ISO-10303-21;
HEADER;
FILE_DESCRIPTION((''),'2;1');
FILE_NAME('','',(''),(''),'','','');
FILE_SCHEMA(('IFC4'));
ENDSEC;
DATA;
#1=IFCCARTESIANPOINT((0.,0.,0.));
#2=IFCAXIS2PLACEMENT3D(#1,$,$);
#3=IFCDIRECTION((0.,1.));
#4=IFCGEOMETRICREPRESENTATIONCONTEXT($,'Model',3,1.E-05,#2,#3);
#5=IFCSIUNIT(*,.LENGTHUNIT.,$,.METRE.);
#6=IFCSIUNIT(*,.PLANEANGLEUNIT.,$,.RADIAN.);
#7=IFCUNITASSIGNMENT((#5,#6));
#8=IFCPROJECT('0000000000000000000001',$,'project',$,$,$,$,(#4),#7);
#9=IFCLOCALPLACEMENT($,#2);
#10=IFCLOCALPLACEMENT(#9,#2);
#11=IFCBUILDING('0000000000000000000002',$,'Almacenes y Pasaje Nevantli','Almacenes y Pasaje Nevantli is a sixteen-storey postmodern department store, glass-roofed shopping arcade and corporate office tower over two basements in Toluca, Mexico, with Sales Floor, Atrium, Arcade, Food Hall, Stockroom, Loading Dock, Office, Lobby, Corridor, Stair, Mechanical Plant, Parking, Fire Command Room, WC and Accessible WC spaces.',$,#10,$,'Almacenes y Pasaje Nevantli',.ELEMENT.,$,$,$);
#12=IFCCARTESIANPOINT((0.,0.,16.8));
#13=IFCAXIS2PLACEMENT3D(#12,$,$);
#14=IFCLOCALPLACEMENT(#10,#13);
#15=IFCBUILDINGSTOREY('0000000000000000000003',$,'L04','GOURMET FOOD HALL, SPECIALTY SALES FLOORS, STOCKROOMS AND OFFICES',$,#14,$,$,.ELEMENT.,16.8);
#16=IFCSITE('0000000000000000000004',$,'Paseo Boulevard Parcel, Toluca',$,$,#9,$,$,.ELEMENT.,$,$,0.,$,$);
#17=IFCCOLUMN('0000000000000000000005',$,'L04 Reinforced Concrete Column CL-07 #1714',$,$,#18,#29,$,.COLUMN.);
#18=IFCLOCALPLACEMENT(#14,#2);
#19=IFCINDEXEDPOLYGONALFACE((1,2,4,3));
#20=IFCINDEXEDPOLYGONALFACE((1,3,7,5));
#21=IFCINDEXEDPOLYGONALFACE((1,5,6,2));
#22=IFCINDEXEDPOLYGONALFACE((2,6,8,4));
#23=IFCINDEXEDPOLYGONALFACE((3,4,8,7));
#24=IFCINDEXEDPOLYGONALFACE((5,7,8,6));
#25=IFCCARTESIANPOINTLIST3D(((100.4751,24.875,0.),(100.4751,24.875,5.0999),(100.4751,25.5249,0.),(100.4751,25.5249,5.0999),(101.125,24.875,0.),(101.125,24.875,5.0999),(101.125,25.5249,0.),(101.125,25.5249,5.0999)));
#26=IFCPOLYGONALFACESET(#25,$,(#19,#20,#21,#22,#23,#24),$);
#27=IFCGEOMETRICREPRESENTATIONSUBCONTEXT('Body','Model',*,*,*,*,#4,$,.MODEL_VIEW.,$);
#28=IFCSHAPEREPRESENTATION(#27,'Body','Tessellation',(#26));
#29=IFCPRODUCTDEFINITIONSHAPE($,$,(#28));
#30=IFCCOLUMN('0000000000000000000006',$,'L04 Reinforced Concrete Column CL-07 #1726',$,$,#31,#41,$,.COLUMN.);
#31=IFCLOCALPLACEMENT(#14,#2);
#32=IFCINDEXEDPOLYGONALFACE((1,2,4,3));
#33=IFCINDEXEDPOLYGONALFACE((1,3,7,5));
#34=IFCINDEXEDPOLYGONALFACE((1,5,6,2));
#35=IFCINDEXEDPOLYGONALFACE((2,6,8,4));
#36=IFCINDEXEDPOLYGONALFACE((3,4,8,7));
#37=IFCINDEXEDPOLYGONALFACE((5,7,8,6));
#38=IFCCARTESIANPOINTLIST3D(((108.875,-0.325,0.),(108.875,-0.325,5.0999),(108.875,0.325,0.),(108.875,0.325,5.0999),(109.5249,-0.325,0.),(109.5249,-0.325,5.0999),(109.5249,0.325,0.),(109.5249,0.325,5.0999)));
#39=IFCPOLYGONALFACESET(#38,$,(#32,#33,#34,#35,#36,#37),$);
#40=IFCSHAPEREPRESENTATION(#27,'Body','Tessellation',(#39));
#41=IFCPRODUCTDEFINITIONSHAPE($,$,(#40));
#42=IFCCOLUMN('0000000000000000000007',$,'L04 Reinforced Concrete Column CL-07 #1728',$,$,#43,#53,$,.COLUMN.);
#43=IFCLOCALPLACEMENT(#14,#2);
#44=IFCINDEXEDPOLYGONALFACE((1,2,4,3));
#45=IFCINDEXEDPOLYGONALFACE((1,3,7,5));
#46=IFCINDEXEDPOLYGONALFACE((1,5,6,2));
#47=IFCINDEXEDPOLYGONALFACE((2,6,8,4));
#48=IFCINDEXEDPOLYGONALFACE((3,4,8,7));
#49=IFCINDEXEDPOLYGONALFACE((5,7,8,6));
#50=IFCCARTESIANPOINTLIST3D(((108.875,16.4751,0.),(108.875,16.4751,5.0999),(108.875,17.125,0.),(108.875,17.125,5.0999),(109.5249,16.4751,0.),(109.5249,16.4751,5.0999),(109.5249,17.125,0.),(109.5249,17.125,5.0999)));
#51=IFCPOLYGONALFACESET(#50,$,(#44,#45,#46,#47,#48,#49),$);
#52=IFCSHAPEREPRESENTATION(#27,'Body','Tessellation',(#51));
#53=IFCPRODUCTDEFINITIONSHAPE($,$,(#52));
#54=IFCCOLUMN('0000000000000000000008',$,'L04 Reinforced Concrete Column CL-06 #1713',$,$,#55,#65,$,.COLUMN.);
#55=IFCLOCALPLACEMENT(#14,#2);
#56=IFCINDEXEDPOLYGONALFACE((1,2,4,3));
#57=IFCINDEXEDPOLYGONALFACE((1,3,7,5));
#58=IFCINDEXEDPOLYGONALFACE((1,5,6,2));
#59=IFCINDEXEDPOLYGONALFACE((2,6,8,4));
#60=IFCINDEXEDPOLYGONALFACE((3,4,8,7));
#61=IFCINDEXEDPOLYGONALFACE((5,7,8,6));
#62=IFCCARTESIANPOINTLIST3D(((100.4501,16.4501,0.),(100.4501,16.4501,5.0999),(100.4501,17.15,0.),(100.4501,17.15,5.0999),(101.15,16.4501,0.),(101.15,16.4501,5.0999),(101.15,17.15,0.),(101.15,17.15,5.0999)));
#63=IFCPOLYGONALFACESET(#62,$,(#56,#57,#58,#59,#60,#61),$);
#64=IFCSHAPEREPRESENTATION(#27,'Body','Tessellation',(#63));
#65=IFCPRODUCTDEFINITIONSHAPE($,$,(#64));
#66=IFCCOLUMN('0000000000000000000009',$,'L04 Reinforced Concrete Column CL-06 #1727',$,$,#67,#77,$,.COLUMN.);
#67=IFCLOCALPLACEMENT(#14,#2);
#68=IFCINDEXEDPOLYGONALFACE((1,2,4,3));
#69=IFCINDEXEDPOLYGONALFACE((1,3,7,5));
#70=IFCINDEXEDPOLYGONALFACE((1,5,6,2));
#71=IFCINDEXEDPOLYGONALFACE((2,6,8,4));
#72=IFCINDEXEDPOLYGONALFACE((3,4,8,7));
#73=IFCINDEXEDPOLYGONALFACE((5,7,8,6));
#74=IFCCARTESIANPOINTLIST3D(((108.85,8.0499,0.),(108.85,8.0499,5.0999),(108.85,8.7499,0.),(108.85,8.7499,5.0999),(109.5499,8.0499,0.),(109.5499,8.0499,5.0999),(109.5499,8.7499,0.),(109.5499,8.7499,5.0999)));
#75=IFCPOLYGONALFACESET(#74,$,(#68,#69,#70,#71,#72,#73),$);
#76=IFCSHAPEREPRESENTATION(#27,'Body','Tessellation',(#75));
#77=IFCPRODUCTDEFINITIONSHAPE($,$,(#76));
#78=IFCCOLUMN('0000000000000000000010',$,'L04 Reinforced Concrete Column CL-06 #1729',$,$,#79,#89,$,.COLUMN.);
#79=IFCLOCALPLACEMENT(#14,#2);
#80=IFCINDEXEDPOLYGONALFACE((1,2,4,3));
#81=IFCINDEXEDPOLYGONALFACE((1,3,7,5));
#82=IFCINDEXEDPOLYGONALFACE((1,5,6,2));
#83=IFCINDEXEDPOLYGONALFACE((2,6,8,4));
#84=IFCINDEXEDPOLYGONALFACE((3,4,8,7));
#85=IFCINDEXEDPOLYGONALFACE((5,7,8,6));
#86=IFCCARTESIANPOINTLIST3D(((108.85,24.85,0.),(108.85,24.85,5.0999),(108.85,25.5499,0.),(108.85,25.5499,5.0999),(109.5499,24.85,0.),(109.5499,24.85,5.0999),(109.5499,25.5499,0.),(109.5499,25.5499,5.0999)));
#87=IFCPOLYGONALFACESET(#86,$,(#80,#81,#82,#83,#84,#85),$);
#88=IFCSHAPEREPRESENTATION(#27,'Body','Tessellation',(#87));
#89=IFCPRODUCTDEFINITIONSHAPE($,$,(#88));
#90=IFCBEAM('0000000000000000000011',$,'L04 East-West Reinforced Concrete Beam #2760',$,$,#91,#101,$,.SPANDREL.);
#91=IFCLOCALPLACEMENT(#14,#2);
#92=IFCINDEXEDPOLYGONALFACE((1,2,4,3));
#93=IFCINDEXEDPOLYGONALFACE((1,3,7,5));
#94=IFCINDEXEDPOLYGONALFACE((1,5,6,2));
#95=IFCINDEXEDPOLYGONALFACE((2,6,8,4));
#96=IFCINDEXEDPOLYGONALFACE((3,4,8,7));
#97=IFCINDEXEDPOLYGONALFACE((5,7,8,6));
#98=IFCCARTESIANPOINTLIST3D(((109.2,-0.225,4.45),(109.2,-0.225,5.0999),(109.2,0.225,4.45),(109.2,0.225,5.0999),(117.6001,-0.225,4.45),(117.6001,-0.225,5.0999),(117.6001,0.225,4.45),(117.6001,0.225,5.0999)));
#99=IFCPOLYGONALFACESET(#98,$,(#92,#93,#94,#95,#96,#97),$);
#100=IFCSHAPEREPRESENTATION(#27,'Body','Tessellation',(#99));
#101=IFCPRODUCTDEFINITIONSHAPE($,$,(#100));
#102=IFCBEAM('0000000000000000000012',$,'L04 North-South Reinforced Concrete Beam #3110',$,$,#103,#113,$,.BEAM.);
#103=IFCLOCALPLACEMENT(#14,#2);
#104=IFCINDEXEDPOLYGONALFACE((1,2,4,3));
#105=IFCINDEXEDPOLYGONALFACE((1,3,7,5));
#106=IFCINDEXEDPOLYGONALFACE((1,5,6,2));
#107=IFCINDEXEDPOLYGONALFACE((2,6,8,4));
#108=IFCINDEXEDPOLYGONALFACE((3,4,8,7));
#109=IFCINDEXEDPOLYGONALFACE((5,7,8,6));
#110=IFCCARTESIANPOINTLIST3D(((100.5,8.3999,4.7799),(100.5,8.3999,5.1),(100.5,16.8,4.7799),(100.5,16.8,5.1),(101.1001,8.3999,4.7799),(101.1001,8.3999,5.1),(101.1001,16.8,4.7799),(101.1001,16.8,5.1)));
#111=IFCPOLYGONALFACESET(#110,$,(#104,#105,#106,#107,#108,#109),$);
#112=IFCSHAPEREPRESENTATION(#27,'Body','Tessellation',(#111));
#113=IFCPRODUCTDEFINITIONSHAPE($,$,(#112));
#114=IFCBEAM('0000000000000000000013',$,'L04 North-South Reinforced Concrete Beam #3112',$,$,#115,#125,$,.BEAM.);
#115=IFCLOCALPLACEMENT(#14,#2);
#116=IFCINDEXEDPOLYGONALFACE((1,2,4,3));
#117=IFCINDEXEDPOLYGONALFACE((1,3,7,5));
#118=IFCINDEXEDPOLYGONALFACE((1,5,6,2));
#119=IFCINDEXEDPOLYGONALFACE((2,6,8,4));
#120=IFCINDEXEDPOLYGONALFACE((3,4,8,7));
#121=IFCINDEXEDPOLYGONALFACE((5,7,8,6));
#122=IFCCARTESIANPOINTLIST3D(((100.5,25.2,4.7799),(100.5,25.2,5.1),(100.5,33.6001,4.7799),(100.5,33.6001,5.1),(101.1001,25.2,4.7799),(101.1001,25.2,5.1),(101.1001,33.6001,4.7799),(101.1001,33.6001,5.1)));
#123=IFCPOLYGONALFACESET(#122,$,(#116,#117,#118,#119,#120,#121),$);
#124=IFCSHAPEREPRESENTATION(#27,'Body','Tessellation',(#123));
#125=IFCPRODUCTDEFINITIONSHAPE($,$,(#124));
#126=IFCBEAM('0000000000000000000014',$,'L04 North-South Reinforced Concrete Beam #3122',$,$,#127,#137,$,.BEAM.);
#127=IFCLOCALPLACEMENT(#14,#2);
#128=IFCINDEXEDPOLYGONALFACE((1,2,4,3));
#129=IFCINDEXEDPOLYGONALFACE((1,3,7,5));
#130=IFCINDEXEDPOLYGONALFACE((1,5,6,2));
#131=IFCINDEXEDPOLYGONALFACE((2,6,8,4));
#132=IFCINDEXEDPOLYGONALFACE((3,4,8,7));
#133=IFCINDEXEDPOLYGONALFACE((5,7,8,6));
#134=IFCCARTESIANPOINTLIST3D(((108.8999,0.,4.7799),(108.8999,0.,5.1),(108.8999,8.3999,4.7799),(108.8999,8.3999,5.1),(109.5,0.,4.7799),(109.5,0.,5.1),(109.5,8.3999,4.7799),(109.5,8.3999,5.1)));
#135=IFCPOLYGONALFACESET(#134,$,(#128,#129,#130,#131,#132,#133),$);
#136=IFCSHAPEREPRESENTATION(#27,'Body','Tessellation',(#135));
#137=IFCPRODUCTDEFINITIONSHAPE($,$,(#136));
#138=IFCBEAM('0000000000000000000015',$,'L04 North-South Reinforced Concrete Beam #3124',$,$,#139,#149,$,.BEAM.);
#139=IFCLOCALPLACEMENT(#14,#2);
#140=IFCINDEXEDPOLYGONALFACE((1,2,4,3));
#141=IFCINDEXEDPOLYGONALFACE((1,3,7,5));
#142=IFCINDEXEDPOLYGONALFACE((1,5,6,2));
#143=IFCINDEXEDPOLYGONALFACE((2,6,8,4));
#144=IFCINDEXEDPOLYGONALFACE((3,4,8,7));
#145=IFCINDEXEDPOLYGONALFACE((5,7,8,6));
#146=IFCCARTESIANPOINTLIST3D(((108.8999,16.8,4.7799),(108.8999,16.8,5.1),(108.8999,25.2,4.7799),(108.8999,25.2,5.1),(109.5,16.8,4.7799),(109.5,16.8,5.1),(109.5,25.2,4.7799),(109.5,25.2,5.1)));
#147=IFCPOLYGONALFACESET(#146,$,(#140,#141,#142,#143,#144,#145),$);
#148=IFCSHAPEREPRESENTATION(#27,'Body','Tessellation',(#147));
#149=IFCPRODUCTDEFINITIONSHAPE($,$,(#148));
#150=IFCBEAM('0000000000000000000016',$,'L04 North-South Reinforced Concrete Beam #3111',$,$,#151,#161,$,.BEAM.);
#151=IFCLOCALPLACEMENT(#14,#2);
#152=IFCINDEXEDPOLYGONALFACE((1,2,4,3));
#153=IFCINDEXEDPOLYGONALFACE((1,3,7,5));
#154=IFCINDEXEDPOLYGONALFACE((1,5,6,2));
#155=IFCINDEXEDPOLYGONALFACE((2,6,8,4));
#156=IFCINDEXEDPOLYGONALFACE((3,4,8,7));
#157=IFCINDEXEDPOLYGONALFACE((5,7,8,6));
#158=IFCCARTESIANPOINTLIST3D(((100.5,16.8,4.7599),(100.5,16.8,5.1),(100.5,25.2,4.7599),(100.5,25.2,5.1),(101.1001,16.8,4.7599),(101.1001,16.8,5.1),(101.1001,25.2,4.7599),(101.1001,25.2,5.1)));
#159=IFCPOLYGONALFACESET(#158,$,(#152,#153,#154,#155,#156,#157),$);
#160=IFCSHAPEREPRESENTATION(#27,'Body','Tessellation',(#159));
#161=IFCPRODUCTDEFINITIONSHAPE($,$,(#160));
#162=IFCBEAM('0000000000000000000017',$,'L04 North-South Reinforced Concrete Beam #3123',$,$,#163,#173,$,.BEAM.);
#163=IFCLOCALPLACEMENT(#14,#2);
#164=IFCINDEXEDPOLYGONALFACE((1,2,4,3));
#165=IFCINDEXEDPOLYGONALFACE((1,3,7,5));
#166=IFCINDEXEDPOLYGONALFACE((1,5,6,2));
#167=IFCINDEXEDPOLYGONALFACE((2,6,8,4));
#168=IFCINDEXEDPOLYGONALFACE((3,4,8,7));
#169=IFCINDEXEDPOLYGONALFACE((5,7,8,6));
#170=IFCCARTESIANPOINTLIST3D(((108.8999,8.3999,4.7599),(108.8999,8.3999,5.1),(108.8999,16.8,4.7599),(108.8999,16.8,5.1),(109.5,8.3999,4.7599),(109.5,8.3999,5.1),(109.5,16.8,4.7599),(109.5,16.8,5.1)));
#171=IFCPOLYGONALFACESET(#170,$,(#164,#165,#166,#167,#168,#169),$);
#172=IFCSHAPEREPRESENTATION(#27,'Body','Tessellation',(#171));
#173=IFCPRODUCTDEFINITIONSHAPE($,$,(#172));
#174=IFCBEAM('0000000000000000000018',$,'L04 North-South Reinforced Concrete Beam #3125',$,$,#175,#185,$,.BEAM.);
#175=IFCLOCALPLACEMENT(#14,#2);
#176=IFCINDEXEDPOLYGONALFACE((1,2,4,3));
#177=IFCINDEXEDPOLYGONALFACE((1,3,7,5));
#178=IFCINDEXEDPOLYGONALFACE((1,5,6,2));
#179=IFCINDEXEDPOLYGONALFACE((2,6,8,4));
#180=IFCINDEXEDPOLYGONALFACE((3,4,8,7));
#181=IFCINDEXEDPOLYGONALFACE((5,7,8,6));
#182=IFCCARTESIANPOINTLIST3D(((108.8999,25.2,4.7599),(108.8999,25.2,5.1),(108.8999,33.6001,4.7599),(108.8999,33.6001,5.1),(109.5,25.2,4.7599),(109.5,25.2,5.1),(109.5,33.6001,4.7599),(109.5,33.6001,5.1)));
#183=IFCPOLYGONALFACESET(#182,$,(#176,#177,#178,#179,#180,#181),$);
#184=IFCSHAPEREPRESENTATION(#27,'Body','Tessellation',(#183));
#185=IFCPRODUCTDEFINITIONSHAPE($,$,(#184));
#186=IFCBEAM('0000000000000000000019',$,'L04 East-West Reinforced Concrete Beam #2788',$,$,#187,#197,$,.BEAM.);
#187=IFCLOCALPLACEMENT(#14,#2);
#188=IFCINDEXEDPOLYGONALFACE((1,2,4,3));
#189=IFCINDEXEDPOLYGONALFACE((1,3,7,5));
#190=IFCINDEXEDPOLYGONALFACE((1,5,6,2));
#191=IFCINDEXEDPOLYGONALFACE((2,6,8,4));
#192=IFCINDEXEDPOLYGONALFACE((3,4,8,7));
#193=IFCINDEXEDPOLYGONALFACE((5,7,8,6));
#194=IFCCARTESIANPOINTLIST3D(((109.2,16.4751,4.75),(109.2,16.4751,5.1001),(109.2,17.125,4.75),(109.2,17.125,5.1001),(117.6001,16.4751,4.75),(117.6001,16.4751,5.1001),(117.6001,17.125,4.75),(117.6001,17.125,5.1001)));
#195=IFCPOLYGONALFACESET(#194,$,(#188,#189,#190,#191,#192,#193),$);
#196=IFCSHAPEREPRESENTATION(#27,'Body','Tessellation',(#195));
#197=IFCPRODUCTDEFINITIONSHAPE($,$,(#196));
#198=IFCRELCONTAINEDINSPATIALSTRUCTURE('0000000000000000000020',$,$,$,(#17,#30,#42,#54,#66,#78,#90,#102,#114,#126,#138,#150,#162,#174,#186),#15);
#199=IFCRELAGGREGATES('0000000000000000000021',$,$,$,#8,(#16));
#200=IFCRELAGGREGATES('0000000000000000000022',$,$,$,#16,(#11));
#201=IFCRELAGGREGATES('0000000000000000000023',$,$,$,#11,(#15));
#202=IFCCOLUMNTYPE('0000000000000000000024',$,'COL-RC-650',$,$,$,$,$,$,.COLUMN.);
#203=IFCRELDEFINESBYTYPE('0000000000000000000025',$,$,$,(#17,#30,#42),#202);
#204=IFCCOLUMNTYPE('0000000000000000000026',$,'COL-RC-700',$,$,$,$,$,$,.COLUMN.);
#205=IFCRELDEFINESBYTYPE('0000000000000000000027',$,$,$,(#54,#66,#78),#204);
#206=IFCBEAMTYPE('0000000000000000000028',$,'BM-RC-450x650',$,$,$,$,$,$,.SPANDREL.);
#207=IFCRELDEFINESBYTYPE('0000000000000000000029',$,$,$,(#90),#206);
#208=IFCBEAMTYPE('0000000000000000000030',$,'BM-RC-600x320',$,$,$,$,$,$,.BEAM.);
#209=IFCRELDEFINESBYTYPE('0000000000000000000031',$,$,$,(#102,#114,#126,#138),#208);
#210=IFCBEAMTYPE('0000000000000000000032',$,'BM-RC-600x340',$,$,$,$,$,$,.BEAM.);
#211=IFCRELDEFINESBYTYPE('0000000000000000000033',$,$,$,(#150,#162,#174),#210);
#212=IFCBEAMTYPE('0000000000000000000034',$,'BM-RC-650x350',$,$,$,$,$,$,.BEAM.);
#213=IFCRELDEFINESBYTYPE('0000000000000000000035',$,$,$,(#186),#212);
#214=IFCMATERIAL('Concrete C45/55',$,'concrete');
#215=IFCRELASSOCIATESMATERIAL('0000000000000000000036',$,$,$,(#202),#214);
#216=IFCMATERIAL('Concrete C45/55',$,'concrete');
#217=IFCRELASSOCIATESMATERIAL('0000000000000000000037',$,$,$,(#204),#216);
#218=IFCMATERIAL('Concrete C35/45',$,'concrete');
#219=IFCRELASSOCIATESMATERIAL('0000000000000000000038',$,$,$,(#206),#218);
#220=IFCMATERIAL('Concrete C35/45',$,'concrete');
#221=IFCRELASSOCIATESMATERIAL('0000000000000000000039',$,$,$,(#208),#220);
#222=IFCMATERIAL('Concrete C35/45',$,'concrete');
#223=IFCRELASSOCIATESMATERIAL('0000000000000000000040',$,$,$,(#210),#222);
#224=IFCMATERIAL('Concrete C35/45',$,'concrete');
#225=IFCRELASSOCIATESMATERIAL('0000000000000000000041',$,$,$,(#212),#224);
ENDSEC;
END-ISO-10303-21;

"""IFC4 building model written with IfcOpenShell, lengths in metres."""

from ifc_helpers import new_model, si_unit, direction, frame, origin, origin_2d, place, context, subcontext, project, spatial, rectangle, extrude, material, material_profile, profile_set, type_object, element, save


model = new_model("IFC4")

# Units and contexts
model_context = context("Model", 3, precision=1e-05, world=origin(), true_north=direction((0.0, 1.0)))
body_context = subcontext(model_context, "Body", "Model", "MODEL_VIEW")
ifc_project = project(units=[si_unit("LENGTHUNIT", "METRE"), si_unit("PLANEANGLEUNIT", "RADIAN")], contexts=[model_context])

# Site, building, storey
site_placement = place(None, origin())
site = spatial("IfcSite", under=ifc_project, at=site_placement, Name="Paseo Boulevard Parcel, Toluca", CompositionType="ELEMENT", RefElevation=0.0)
building_placement = place(site_placement, origin())
building = spatial("IfcBuilding", under=site, at=building_placement, Name="Almacenes y Pasaje Nevantli", Description="Almacenes y Pasaje Nevantli is a sixteen-storey postmodern department store, glass-roofed shopping arcade and corporate office tower over two basements in Toluca, Mexico, with Sales Floor, Atrium, Arcade, Food Hall, Stockroom, Loading Dock, Office, Lobby, Corridor, Stair, Mechanical Plant, Parking, Fire Command Room, WC and Accessible WC spaces.", LongName="Almacenes y Pasaje Nevantli", CompositionType="ELEMENT")
storey_placement = place(building_placement, frame((0.0, 0.0, 16.8)))
storey = spatial("IfcBuildingStorey", under=building, at=storey_placement, Name="L04", Description="GOURMET FOOD HALL, SPECIALTY SALES FLOORS, STOCKROOMS AND OFFICES", CompositionType="ELEMENT", Elevation=16.8)

# Columns
ifc_material_1 = material(Name="Concrete C45/55", Category="concrete")
ifc_material_profile_1 = material_profile(ifc_material_1, rectangle(XDim=0.6499, YDim=0.6499, at=origin_2d()), Name="RC-COL-650x650")
ifc_profile_set_1 = profile_set([ifc_material_profile_1], Name="Concrete C45/55")
column_type_1 = type_object("IfcColumnType", Name="COL-RC-650", PredefinedType="COLUMN", material=ifc_profile_set_1)
for number, where, z_axis, x_axis, name in (
    (1, (100.8, 25.2, 0.0), (0.0, 0.0, 1.0), (1.0, 0.0, 0.0), "L04 Reinforced Concrete Column CL-07 #1714"),
    (2, (109.2, 0.0, 0.0), (0.0, 0.0, 1.0), (1.0, 0.0, 0.0), "L04 Reinforced Concrete Column CL-07 #1726"),
    (3, (109.2, 16.8, 0.0), (0.0, 0.0, 1.0), (1.0, 0.0, 0.0), "L04 Reinforced Concrete Column CL-07 #1728"),
):
    element("IfcColumn", number, at=place(storey_placement, frame(where, z_axis=z_axis, x_axis=x_axis)), inside=storey, type_object=column_type_1, Name=name, PredefinedType="COLUMN", context=body_context, shape_type="SweptSolid", body=[
        extrude(rectangle(XDim=0.6499, YDim=0.6499, at=origin_2d()), origin(), (0.0, 0.0, 1.0), 5.0999),
    ])
ifc_material_2 = material(Name="Concrete C45/55", Category="concrete")
ifc_material_profile_2 = material_profile(ifc_material_2, rectangle(XDim=0.7, YDim=0.7, at=origin_2d()), Name="RC-COL-700x700")
ifc_profile_set_2 = profile_set([ifc_material_profile_2], Name="Concrete C45/55")
column_type_2 = type_object("IfcColumnType", Name="COL-RC-700", PredefinedType="COLUMN", material=ifc_profile_set_2)
for number, where, z_axis, x_axis, name in (
    (4, (100.8, 16.8, 0.0), (0.0, 0.0, 1.0), (1.0, 0.0, 0.0), "L04 Reinforced Concrete Column CL-06 #1713"),
    (5, (109.2, 8.3999, 0.0), (0.0, 0.0, 1.0), (1.0, 0.0, 0.0), "L04 Reinforced Concrete Column CL-06 #1727"),
    (6, (109.2, 25.2, 0.0), (0.0, 0.0, 1.0), (1.0, 0.0, 0.0), "L04 Reinforced Concrete Column CL-06 #1729"),
):
    element("IfcColumn", number, at=place(storey_placement, frame(where, z_axis=z_axis, x_axis=x_axis)), inside=storey, type_object=column_type_2, Name=name, PredefinedType="COLUMN", context=body_context, shape_type="SweptSolid", body=[
        extrude(rectangle(XDim=0.7, YDim=0.7, at=origin_2d()), origin(), (0.0, 0.0, 1.0), 5.0999),
    ])

# Beams
ifc_material_3 = material(Name="Concrete C35/45", Category="concrete")
ifc_material_profile_3 = material_profile(ifc_material_3, rectangle(XDim=0.45, YDim=0.6499, at=origin_2d()), Name="RC-BM-450x650")
ifc_profile_set_3 = profile_set([ifc_material_profile_3], Name="Concrete C35/45")
beam_type_1 = type_object("IfcBeamType", Name="BM-RC-450x650", PredefinedType="SPANDREL", material=ifc_profile_set_3)
beam_1_placement = place(storey_placement, frame((109.2, 0.0, 4.7749), z_axis=(1.0, 0.0, 0.0), x_axis=(0.0, 1.0, 0.0)))
element("IfcBeam", 7, at=beam_1_placement, inside=storey, type_object=beam_type_1, Name="L04 East-West Reinforced Concrete Beam #2760", PredefinedType="SPANDREL", context=body_context, shape_type="SweptSolid", body=[
    extrude(rectangle(XDim=0.45, YDim=0.6499, at=origin_2d()), origin(), (0.0, 0.0, 1.0), 8.4001),
])
ifc_material_4 = material(Name="Concrete C35/45", Category="concrete")
ifc_material_profile_4 = material_profile(ifc_material_4, rectangle(XDim=0.6001, YDim=0.3201, at=origin_2d()), Name="RC-BM-600x320")
ifc_profile_set_4 = profile_set([ifc_material_profile_4], Name="Concrete C35/45")
beam_type_2 = type_object("IfcBeamType", Name="BM-RC-600x320", PredefinedType="BEAM", material=ifc_profile_set_4)
for number, where, z_axis, x_axis, name in (
    (8, (100.8, 8.3999, 4.9399), (0.0, 1.0, 0.0), (-1.0, 0.0, 0.0), "L04 North-South Reinforced Concrete Beam #3110"),
    (9, (100.8, 25.2, 4.9399), (0.0, 1.0, 0.0), (-1.0, 0.0, 0.0), "L04 North-South Reinforced Concrete Beam #3112"),
):
    element("IfcBeam", number, at=place(storey_placement, frame(where, z_axis=z_axis, x_axis=x_axis)), inside=storey, type_object=beam_type_2, Name=name, PredefinedType="BEAM", context=body_context, shape_type="SweptSolid", body=[
        extrude(rectangle(XDim=0.6001, YDim=0.3201, at=origin_2d()), origin(), (0.0, 0.0, 1.0), 8.4001),
    ])
for number, where, z_axis, x_axis, name in (
    (10, (109.2, 0.0, 4.9399), (0.0, 1.0, 0.0), (-1.0, 0.0, 0.0), "L04 North-South Reinforced Concrete Beam #3122"),
    (11, (109.2, 16.8, 4.9399), (0.0, 1.0, 0.0), (-1.0, 0.0, 0.0), "L04 North-South Reinforced Concrete Beam #3124"),
):
    element("IfcBeam", number, at=place(storey_placement, frame(where, z_axis=z_axis, x_axis=x_axis)), inside=storey, type_object=beam_type_2, Name=name, PredefinedType="BEAM", context=body_context, shape_type="SweptSolid", body=[
        extrude(rectangle(XDim=0.6001, YDim=0.3201, at=origin_2d()), origin(), (0.0, 0.0, 1.0), 8.3999),
    ])
ifc_material_5 = material(Name="Concrete C35/45", Category="concrete")
ifc_material_profile_5 = material_profile(ifc_material_5, rectangle(XDim=0.6001, YDim=0.3401, at=origin_2d()), Name="RC-BM-600x340")
ifc_profile_set_5 = profile_set([ifc_material_profile_5], Name="Concrete C35/45")
beam_type_3 = type_object("IfcBeamType", Name="BM-RC-600x340", PredefinedType="BEAM", material=ifc_profile_set_5)
beam_2_placement = place(storey_placement, frame((100.8, 16.8, 4.9299), z_axis=(0.0, 1.0, 0.0), x_axis=(-1.0, 0.0, 0.0)))
element("IfcBeam", 12, at=beam_2_placement, inside=storey, type_object=beam_type_3, Name="L04 North-South Reinforced Concrete Beam #3111", PredefinedType="BEAM", context=body_context, shape_type="SweptSolid", body=[
    extrude(rectangle(XDim=0.6001, YDim=0.3401, at=origin_2d()), origin(), (0.0, 0.0, 1.0), 8.3999),
])
for number, where, z_axis, x_axis, name in (
    (13, (109.2, 8.3999, 4.9299), (0.0, 1.0, 0.0), (-1.0, 0.0, 0.0), "L04 North-South Reinforced Concrete Beam #3123"),
    (14, (109.2, 25.2, 4.9299), (0.0, 1.0, 0.0), (-1.0, 0.0, 0.0), "L04 North-South Reinforced Concrete Beam #3125"),
):
    element("IfcBeam", number, at=place(storey_placement, frame(where, z_axis=z_axis, x_axis=x_axis)), inside=storey, type_object=beam_type_3, Name=name, PredefinedType="BEAM", context=body_context, shape_type="SweptSolid", body=[
        extrude(rectangle(XDim=0.6001, YDim=0.3401, at=origin_2d()), origin(), (0.0, 0.0, 1.0), 8.4001),
    ])
ifc_material_6 = material(Name="Concrete C35/45", Category="concrete")
ifc_material_profile_6 = material_profile(ifc_material_6, rectangle(XDim=0.6499, YDim=0.3501, at=origin_2d()), Name="RC-BM-650x350")
ifc_profile_set_6 = profile_set([ifc_material_profile_6], Name="Concrete C35/45")
beam_type_4 = type_object("IfcBeamType", Name="BM-RC-650x350", PredefinedType="BEAM", material=ifc_profile_set_6)
beam_3_placement = place(storey_placement, frame((109.2, 16.8, 4.925), z_axis=(1.0, 0.0, 0.0), x_axis=(0.0, 1.0, 0.0)))
element("IfcBeam", 15, at=beam_3_placement, inside=storey, type_object=beam_type_4, Name="L04 East-West Reinforced Concrete Beam #2788", PredefinedType="BEAM", context=body_context, shape_type="SweptSolid", body=[
    extrude(rectangle(XDim=0.6499, YDim=0.3501, at=origin_2d()), origin(), (0.0, 0.0, 1.0), 8.4001),
])

save(model, "model.ifc")
